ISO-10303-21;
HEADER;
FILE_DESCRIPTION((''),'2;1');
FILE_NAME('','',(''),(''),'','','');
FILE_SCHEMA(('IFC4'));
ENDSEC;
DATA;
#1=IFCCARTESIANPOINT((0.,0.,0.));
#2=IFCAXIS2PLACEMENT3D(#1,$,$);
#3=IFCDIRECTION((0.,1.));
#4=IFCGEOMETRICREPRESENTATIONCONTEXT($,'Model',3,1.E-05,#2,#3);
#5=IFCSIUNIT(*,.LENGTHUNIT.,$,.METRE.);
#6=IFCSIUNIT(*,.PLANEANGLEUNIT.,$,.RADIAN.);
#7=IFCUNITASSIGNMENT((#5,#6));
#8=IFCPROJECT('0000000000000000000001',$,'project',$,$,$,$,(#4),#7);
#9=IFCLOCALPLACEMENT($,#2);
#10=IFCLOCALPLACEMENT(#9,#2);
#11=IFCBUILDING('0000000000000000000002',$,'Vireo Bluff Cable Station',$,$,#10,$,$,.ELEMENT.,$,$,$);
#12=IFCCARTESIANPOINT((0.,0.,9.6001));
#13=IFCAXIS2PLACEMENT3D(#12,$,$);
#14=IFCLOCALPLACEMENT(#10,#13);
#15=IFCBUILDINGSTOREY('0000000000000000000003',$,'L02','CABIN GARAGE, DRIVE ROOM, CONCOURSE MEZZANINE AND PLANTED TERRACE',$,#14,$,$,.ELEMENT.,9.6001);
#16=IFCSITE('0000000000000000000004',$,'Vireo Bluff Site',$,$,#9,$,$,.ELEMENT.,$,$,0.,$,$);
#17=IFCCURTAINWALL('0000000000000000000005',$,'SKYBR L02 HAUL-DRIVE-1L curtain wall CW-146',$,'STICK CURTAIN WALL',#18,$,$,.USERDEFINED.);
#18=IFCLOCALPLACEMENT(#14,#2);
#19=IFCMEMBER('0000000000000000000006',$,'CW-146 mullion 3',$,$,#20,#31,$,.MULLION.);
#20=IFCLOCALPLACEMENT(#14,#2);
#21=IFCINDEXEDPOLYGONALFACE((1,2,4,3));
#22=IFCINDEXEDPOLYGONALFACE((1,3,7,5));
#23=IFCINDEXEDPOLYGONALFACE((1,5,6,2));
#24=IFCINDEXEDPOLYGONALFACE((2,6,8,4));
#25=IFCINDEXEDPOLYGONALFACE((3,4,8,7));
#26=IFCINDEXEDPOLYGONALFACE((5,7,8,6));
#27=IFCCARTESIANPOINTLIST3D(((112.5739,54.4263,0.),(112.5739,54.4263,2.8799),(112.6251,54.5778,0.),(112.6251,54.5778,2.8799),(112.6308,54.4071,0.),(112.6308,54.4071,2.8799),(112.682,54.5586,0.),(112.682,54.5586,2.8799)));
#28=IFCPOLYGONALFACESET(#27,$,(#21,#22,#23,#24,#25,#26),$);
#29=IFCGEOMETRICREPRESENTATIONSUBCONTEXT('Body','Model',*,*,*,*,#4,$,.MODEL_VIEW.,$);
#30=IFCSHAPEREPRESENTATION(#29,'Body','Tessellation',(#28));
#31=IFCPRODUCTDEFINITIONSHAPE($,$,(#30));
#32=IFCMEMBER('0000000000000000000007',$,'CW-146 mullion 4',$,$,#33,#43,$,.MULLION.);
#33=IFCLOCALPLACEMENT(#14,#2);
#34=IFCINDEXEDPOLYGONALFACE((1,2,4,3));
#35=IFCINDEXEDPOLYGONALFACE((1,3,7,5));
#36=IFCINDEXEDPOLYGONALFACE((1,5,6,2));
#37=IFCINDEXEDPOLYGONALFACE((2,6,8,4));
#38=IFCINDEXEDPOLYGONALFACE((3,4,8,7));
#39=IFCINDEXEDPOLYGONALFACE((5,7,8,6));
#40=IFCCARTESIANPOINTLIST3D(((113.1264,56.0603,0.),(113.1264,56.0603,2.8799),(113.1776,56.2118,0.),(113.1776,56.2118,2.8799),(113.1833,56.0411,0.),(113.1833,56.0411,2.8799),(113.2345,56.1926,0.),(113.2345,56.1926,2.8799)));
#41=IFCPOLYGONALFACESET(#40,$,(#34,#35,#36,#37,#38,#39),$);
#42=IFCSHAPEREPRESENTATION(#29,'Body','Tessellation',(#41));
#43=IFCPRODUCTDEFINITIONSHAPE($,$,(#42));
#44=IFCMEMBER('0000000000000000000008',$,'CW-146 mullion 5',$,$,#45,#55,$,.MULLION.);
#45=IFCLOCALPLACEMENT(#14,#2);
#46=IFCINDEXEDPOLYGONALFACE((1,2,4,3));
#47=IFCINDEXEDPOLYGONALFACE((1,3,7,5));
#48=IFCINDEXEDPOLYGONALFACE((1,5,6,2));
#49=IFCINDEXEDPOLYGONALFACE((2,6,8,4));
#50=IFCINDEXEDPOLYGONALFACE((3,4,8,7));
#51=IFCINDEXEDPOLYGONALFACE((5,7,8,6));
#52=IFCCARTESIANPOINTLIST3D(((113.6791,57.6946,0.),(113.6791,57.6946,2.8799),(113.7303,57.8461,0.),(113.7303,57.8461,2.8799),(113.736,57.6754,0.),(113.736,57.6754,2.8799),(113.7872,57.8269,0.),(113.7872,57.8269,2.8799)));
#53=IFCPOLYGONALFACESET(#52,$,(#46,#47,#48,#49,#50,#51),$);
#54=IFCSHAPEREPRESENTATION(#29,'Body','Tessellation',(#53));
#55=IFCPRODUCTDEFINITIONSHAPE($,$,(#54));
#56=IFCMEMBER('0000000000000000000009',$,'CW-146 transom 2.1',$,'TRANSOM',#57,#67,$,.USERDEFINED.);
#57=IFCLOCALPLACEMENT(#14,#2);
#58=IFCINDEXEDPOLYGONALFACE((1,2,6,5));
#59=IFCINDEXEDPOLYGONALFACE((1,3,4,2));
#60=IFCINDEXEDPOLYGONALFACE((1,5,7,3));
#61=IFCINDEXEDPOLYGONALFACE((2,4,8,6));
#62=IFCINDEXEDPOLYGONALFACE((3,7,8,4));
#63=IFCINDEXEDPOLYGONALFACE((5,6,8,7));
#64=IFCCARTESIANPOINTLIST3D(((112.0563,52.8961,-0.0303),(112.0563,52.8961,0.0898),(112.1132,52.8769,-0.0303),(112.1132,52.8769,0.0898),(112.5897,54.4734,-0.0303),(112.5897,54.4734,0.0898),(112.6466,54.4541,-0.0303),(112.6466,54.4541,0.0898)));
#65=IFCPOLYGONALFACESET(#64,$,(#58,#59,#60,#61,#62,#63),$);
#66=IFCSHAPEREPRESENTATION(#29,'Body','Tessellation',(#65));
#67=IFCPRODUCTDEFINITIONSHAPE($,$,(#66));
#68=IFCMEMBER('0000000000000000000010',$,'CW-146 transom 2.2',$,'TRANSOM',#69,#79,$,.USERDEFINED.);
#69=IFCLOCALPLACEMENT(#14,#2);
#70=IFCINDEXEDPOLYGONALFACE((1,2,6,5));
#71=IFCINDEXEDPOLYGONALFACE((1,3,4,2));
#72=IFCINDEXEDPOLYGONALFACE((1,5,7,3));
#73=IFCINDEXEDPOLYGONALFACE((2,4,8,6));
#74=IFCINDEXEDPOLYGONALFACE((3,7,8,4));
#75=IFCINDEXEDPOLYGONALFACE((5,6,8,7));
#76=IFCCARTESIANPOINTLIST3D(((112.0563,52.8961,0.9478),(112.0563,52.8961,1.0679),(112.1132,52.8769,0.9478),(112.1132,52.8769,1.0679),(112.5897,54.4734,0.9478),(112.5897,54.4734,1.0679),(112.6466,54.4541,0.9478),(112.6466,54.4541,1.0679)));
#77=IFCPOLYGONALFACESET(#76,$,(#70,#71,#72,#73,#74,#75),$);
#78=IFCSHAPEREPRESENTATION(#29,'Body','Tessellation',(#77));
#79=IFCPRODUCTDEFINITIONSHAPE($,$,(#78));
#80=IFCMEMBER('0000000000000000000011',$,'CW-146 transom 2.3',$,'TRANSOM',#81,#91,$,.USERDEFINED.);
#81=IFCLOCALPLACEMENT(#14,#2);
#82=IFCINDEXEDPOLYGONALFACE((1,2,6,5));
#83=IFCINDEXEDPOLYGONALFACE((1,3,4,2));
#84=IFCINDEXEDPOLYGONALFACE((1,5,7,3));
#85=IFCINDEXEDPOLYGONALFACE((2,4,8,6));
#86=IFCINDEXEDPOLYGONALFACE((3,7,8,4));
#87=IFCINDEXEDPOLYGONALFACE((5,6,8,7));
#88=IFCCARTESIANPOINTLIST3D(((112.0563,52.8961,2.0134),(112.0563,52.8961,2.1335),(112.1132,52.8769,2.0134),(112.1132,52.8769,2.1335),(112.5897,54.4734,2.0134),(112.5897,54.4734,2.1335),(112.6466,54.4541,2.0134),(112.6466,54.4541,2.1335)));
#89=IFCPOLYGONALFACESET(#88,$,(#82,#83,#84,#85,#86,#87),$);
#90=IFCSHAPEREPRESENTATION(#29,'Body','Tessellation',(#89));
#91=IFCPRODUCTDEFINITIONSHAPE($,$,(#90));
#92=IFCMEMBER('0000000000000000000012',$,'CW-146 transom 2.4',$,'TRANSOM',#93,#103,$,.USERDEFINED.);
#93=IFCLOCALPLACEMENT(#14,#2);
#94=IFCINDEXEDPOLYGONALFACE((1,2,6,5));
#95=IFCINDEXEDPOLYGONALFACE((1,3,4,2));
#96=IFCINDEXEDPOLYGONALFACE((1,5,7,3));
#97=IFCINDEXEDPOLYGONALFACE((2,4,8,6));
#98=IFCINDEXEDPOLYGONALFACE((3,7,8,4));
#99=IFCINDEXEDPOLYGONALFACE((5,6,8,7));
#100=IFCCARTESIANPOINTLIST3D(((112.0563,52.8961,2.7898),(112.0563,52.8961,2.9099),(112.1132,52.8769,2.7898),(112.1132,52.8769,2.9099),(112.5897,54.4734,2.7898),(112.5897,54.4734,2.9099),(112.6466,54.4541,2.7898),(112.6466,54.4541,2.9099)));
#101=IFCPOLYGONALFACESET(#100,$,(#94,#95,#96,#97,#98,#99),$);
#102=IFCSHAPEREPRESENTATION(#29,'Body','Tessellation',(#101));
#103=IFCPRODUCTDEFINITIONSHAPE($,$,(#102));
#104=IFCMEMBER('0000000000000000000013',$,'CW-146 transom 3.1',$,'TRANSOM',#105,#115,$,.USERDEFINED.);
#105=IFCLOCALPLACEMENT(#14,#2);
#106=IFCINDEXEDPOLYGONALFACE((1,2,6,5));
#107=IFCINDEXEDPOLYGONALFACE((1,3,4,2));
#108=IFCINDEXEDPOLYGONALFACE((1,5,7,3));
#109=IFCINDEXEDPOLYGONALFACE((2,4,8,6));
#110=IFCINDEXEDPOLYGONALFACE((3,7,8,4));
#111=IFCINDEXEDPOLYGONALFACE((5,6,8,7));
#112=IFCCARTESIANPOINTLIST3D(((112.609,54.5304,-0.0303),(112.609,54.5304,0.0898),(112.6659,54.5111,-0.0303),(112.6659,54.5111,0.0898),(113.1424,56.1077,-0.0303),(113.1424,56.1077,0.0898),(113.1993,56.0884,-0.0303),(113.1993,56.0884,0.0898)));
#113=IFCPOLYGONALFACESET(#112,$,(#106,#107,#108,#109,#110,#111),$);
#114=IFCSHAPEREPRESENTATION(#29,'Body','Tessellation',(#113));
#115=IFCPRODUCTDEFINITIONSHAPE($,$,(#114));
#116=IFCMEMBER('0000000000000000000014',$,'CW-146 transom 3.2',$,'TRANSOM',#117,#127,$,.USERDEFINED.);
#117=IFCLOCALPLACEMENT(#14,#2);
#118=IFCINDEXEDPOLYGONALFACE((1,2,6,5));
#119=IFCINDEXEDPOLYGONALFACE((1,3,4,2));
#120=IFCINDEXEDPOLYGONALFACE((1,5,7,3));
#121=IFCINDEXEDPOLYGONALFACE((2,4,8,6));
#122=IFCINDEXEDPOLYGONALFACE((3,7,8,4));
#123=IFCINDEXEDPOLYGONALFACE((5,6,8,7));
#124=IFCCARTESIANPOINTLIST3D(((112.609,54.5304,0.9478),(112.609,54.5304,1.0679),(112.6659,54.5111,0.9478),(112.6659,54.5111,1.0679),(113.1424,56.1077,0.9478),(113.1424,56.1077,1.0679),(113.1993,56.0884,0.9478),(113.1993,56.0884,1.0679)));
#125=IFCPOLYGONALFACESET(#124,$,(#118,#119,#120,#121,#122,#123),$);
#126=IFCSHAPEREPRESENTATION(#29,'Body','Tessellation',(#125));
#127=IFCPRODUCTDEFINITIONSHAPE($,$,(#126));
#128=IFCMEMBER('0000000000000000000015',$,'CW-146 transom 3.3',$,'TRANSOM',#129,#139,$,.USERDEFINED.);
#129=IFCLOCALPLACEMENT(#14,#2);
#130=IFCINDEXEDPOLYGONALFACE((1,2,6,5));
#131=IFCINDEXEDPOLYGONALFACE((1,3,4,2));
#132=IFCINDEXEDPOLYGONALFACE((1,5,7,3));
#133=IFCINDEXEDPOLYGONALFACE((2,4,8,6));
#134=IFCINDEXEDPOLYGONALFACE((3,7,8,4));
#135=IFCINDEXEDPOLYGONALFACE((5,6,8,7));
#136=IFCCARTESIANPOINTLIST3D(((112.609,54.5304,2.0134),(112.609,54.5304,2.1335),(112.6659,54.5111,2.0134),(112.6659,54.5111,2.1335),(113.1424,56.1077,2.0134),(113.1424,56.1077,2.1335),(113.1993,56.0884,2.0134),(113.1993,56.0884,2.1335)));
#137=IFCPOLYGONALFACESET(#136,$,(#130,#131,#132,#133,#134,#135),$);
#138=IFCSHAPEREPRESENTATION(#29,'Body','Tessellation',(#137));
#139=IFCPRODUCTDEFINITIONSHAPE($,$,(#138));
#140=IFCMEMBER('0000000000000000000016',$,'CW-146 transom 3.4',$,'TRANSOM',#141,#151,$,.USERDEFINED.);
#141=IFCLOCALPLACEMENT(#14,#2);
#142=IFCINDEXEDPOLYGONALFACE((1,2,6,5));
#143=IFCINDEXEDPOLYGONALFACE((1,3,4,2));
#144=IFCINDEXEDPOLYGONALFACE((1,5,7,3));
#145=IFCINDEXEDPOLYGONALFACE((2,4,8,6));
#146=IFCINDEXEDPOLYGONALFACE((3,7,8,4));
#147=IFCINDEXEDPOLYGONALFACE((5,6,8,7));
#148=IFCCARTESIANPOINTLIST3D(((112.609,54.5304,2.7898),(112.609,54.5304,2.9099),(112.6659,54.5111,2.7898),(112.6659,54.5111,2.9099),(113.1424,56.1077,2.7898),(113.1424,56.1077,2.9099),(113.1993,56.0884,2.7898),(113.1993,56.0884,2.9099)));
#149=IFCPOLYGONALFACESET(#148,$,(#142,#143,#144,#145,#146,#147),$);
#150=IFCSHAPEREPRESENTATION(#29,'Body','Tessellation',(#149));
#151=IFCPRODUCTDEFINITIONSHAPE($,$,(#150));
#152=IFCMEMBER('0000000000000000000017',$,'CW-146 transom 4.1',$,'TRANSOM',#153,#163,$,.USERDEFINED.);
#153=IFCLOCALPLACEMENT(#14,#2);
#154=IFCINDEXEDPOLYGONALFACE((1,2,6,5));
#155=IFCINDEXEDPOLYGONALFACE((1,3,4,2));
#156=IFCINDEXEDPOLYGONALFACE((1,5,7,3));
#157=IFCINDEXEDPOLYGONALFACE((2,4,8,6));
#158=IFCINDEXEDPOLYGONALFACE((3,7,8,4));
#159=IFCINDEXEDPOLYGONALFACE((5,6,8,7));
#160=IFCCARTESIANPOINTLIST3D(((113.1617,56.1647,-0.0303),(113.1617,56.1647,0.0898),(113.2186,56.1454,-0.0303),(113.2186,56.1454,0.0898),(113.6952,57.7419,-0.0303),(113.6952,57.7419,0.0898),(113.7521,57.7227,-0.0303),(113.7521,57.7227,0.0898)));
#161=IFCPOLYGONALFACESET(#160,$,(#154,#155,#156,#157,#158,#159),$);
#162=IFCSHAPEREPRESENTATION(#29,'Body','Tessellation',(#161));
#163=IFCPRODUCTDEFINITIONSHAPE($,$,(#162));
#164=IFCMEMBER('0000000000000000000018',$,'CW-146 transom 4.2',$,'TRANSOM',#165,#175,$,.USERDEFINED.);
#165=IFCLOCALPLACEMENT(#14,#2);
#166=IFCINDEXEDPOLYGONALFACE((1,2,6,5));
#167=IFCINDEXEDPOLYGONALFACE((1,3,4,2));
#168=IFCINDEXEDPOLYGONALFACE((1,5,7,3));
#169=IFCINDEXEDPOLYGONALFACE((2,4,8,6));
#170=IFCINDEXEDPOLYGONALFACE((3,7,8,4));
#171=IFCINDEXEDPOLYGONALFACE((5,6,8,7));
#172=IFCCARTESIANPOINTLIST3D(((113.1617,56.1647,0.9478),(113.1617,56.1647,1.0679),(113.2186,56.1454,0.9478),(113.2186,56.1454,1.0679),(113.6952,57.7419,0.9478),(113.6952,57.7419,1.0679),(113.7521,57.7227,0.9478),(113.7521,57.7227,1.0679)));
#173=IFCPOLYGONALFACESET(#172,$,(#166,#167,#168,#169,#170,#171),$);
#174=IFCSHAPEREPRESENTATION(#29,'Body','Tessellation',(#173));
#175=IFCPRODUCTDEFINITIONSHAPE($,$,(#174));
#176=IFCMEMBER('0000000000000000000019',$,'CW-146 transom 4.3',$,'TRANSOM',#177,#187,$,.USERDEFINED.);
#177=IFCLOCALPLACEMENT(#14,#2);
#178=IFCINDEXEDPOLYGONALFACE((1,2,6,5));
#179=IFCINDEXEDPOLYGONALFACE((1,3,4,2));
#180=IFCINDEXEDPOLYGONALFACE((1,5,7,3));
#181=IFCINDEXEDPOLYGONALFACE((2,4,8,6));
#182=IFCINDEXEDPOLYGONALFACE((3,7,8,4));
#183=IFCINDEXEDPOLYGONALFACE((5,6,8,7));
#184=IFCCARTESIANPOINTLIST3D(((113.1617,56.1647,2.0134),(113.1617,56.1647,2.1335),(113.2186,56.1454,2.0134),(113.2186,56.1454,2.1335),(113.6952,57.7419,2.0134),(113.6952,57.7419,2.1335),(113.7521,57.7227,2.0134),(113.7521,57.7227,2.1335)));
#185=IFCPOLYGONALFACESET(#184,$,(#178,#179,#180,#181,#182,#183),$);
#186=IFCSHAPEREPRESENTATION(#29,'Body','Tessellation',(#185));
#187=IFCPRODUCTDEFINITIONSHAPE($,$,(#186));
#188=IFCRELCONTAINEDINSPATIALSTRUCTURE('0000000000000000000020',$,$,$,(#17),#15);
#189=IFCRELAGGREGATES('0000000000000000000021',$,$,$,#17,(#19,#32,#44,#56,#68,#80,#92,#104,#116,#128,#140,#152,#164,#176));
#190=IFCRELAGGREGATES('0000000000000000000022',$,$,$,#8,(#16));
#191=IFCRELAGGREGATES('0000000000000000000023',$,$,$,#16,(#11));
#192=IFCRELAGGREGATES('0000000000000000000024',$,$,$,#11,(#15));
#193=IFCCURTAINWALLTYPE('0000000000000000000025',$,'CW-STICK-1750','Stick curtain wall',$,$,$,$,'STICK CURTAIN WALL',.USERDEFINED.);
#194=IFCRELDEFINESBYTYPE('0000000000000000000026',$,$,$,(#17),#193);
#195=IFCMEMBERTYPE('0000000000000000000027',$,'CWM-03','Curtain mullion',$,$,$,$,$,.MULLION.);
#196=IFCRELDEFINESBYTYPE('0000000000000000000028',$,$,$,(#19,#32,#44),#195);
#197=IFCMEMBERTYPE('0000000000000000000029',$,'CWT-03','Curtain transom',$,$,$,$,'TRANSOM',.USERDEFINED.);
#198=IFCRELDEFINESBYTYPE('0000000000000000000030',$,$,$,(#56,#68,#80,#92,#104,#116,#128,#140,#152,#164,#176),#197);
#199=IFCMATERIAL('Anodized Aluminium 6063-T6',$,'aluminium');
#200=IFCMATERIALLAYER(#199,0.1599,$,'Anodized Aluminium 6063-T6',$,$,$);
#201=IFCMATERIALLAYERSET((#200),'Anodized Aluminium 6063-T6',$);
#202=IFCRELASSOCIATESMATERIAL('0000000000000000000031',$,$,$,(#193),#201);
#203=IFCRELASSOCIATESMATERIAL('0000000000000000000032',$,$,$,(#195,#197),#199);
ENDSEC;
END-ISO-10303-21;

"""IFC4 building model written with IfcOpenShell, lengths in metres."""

from ifc_helpers import new_model, si_unit, direction, frame, origin, origin_2d, place, context, subcontext, project, spatial, rectangle, extrude, material, layer, layer_set, material_profile, profile_set, type_object, element, aggregate, save


model = new_model("IFC4")

# Units and contexts
model_context = context("Model", 3, precision=1e-05, world=origin(), true_north=direction((0.0, 1.0)))
body_context = subcontext(model_context, "Body", "Model", "MODEL_VIEW")
ifc_project = project(units=[si_unit("LENGTHUNIT", "METRE"), si_unit("PLANEANGLEUNIT", "RADIAN")], contexts=[model_context])

# Site, building, storey
site_placement = place(None, origin())
site = spatial("IfcSite", under=ifc_project, at=site_placement, Name="Vireo Bluff Site", CompositionType="ELEMENT", RefElevation=0.0)
building_placement = place(site_placement, origin())
building = spatial("IfcBuilding", under=site, at=building_placement, Name="Vireo Bluff Cable Station", CompositionType="ELEMENT")
storey_placement = place(building_placement, frame((0.0, 0.0, 9.6001)))
storey = spatial("IfcBuildingStorey", under=building, at=storey_placement, Name="L02", Description="CABIN GARAGE, DRIVE ROOM, CONCOURSE MEZZANINE AND PLANTED TERRACE", CompositionType="ELEMENT", Elevation=9.6001)

# Curtain wall, members
ifc_material_1 = material(Name="Anodized Aluminium 6063-T6", Category="aluminium")
ifc_layer_1 = layer(ifc_material_1, 0.1599, Name="Anodized Aluminium 6063-T6")
ifc_layer_set_1 = layer_set([ifc_layer_1], Name="Anodized Aluminium 6063-T6")
curtain_wall_type = type_object("IfcCurtainWallType", Name="CW-STICK-1750", Description="Stick curtain wall", ElementType="STICK CURTAIN WALL", PredefinedType="USERDEFINED", material=ifc_layer_set_1)
curtain_wall_placement = place(storey_placement, origin())
curtain_wall = element("IfcCurtainWall", 1, at=curtain_wall_placement, inside=storey, type_object=curtain_wall_type, Name="SKYBR L02 HAUL-DRIVE-1L curtain wall CW-146", ObjectType="STICK CURTAIN WALL", PredefinedType="USERDEFINED")
ifc_material_profile_1 = material_profile(ifc_material_1, rectangle(XDim=0.0601, YDim=0.1599, at=origin_2d()), Name="ALU-M-60X160")
ifc_profile_set_1 = profile_set([ifc_material_profile_1], Name="Anodized Aluminium 6063-T6")
member_type_1 = type_object("IfcMemberType", Name="CWM-03", Description="Curtain mullion", PredefinedType="MULLION", material=ifc_profile_set_1)
member_1_placement = place(storey_placement, frame((112.6279, 54.4924, 0.0), z_axis=(0.0, 0.0, 1.0), x_axis=(-0.947295, 0.320364, 0.0)))
member_1 = element("IfcMember", 2, at=member_1_placement, type_object=member_type_1, Name="CW-146 mullion 3", PredefinedType="MULLION", context=body_context, shape_type="SweptSolid", body=[
    extrude(rectangle(XDim=0.0601, YDim=0.1599, at=origin_2d()), origin(), (0.0, 0.0, 1.0), 2.8799),
])
member_2_placement = place(storey_placement, frame((113.1804, 56.1265, 0.0), z_axis=(0.0, 0.0, 1.0), x_axis=(-0.947295, 0.320364, 0.0)))
member_2 = element("IfcMember", 3, at=member_2_placement, type_object=member_type_1, Name="CW-146 mullion 4", PredefinedType="MULLION", context=body_context, shape_type="SweptSolid", body=[
    extrude(rectangle(XDim=0.0601, YDim=0.1599, at=origin_2d()), origin(), (0.0, 0.0, 1.0), 2.8799),
])
member_3_placement = place(storey_placement, frame((113.7332, 57.7607, 0.0), z_axis=(0.0, 0.0, 1.0), x_axis=(-0.947295, 0.320364, 0.0)))
member_3 = element("IfcMember", 4, at=member_3_placement, type_object=member_type_1, Name="CW-146 mullion 5", PredefinedType="MULLION", context=body_context, shape_type="SweptSolid", body=[
    extrude(rectangle(XDim=0.0601, YDim=0.1599, at=origin_2d()), origin(), (0.0, 0.0, 1.0), 2.8799),
])
ifc_material_profile_2 = material_profile(ifc_material_1, rectangle(XDim=0.0601, YDim=0.1201, at=origin_2d()), Name="ALU-T-60X120")
ifc_profile_set_2 = profile_set([ifc_material_profile_2], Name="Anodized Aluminium 6063-T6")
member_type_2 = type_object("IfcMemberType", Name="CWT-03", Description="Curtain transom", ElementType="TRANSOM", PredefinedType="USERDEFINED", material=ifc_profile_set_2)
member_4_placement = place(storey_placement, frame((112.0847, 52.8865, 0.0298), z_axis=(0.320359, 0.947296, 0.0), x_axis=(-0.947296, 0.320359, 0.0)))
member_4 = element("IfcMember", 5, at=member_4_placement, type_object=member_type_2, Name="CW-146 transom 2.1", ObjectType="TRANSOM", PredefinedType="USERDEFINED", context=body_context, shape_type="SweptSolid", body=[
    extrude(rectangle(XDim=0.0601, YDim=0.1201, at=origin_2d()), origin(), (0.0, 0.0, 1.0), 1.665),
])
member_5_placement = place(storey_placement, frame((112.0847, 52.8865, 1.0078), z_axis=(0.320359, 0.947296, 0.0), x_axis=(-0.947296, 0.320359, 0.0)))
member_5 = element("IfcMember", 6, at=member_5_placement, type_object=member_type_2, Name="CW-146 transom 2.2", ObjectType="TRANSOM", PredefinedType="USERDEFINED", context=body_context, shape_type="SweptSolid", body=[
    extrude(rectangle(XDim=0.0601, YDim=0.1201, at=origin_2d()), origin(), (0.0, 0.0, 1.0), 1.665),
])
member_6_placement = place(storey_placement, frame((112.0847, 52.8865, 2.0735), z_axis=(0.320359, 0.947296, 0.0), x_axis=(-0.947296, 0.320359, 0.0)))
member_6 = element("IfcMember", 7, at=member_6_placement, type_object=member_type_2, Name="CW-146 transom 2.3", ObjectType="TRANSOM", PredefinedType="USERDEFINED", context=body_context, shape_type="SweptSolid", body=[
    extrude(rectangle(XDim=0.0601, YDim=0.1201, at=origin_2d()), origin(), (0.0, 0.0, 1.0), 1.665),
])
member_7_placement = place(storey_placement, frame((112.0847, 52.8865, 2.8499), z_axis=(0.320359, 0.947296, 0.0), x_axis=(-0.947296, 0.320359, 0.0)))
member_7 = element("IfcMember", 8, at=member_7_placement, type_object=member_type_2, Name="CW-146 transom 2.4", ObjectType="TRANSOM", PredefinedType="USERDEFINED", context=body_context, shape_type="SweptSolid", body=[
    extrude(rectangle(XDim=0.0601, YDim=0.1201, at=origin_2d()), origin(), (0.0, 0.0, 1.0), 1.665),
])
member_8_placement = place(storey_placement, frame((112.6375, 54.5208, 0.0298), z_axis=(0.320359, 0.947296, 0.0), x_axis=(-0.947296, 0.320359, 0.0)))
member_8 = element("IfcMember", 9, at=member_8_placement, type_object=member_type_2, Name="CW-146 transom 3.1", ObjectType="TRANSOM", PredefinedType="USERDEFINED", context=body_context, shape_type="SweptSolid", body=[
    extrude(rectangle(XDim=0.0601, YDim=0.1201, at=origin_2d()), origin(), (0.0, 0.0, 1.0), 1.665),
])
member_9_placement = place(storey_placement, frame((112.6375, 54.5208, 1.0078), z_axis=(0.320359, 0.947296, 0.0), x_axis=(-0.947296, 0.320359, 0.0)))
member_9 = element("IfcMember", 10, at=member_9_placement, type_object=member_type_2, Name="CW-146 transom 3.2", ObjectType="TRANSOM", PredefinedType="USERDEFINED", context=body_context, shape_type="SweptSolid", body=[
    extrude(rectangle(XDim=0.0601, YDim=0.1201, at=origin_2d()), origin(), (0.0, 0.0, 1.0), 1.665),
])
member_10_placement = place(storey_placement, frame((112.6375, 54.5208, 2.0735), z_axis=(0.320359, 0.947296, 0.0), x_axis=(-0.947296, 0.320359, 0.0)))
member_10 = element("IfcMember", 11, at=member_10_placement, type_object=member_type_2, Name="CW-146 transom 3.3", ObjectType="TRANSOM", PredefinedType="USERDEFINED", context=body_context, shape_type="SweptSolid", body=[
    extrude(rectangle(XDim=0.0601, YDim=0.1201, at=origin_2d()), origin(), (0.0, 0.0, 1.0), 1.665),
])
member_11_placement = place(storey_placement, frame((112.6375, 54.5208, 2.8499), z_axis=(0.320359, 0.947296, 0.0), x_axis=(-0.947296, 0.320359, 0.0)))
member_11 = element("IfcMember", 12, at=member_11_placement, type_object=member_type_2, Name="CW-146 transom 3.4", ObjectType="TRANSOM", PredefinedType="USERDEFINED", context=body_context, shape_type="SweptSolid", body=[
    extrude(rectangle(XDim=0.0601, YDim=0.1201, at=origin_2d()), origin(), (0.0, 0.0, 1.0), 1.665),
])
member_12_placement = place(storey_placement, frame((113.1902, 56.155, 0.0298), z_axis=(0.320404, 0.947281, 0.0), x_axis=(-0.947281, 0.320404, 0.0)))
member_12 = element("IfcMember", 13, at=member_12_placement, type_object=member_type_2, Name="CW-146 transom 4.1", ObjectType="TRANSOM", PredefinedType="USERDEFINED", context=body_context, shape_type="SweptSolid", body=[
    extrude(rectangle(XDim=0.0601, YDim=0.1201, at=origin_2d()), origin(), (0.0, 0.0, 1.0), 1.665),
])
member_13_placement = place(storey_placement, frame((113.1902, 56.155, 1.0078), z_axis=(0.320404, 0.947281, 0.0), x_axis=(-0.947281, 0.320404, 0.0)))
member_13 = element("IfcMember", 14, at=member_13_placement, type_object=member_type_2, Name="CW-146 transom 4.2", ObjectType="TRANSOM", PredefinedType="USERDEFINED", context=body_context, shape_type="SweptSolid", body=[
    extrude(rectangle(XDim=0.0601, YDim=0.1201, at=origin_2d()), origin(), (0.0, 0.0, 1.0), 1.665),
])
member_14_placement = place(storey_placement, frame((113.1902, 56.155, 2.0735), z_axis=(0.320404, 0.947281, 0.0), x_axis=(-0.947281, 0.320404, 0.0)))
member_14 = element("IfcMember", 15, at=member_14_placement, type_object=member_type_2, Name="CW-146 transom 4.3", ObjectType="TRANSOM", PredefinedType="USERDEFINED", context=body_context, shape_type="SweptSolid", body=[
    extrude(rectangle(XDim=0.0601, YDim=0.1201, at=origin_2d()), origin(), (0.0, 0.0, 1.0), 1.665),
])
aggregate(curtain_wall, [member_1, member_2, member_3, member_4, member_5, member_6, member_7, member_8, member_9, member_10, member_11, member_12, member_13, member_14])

save(model, "model.ifc")
